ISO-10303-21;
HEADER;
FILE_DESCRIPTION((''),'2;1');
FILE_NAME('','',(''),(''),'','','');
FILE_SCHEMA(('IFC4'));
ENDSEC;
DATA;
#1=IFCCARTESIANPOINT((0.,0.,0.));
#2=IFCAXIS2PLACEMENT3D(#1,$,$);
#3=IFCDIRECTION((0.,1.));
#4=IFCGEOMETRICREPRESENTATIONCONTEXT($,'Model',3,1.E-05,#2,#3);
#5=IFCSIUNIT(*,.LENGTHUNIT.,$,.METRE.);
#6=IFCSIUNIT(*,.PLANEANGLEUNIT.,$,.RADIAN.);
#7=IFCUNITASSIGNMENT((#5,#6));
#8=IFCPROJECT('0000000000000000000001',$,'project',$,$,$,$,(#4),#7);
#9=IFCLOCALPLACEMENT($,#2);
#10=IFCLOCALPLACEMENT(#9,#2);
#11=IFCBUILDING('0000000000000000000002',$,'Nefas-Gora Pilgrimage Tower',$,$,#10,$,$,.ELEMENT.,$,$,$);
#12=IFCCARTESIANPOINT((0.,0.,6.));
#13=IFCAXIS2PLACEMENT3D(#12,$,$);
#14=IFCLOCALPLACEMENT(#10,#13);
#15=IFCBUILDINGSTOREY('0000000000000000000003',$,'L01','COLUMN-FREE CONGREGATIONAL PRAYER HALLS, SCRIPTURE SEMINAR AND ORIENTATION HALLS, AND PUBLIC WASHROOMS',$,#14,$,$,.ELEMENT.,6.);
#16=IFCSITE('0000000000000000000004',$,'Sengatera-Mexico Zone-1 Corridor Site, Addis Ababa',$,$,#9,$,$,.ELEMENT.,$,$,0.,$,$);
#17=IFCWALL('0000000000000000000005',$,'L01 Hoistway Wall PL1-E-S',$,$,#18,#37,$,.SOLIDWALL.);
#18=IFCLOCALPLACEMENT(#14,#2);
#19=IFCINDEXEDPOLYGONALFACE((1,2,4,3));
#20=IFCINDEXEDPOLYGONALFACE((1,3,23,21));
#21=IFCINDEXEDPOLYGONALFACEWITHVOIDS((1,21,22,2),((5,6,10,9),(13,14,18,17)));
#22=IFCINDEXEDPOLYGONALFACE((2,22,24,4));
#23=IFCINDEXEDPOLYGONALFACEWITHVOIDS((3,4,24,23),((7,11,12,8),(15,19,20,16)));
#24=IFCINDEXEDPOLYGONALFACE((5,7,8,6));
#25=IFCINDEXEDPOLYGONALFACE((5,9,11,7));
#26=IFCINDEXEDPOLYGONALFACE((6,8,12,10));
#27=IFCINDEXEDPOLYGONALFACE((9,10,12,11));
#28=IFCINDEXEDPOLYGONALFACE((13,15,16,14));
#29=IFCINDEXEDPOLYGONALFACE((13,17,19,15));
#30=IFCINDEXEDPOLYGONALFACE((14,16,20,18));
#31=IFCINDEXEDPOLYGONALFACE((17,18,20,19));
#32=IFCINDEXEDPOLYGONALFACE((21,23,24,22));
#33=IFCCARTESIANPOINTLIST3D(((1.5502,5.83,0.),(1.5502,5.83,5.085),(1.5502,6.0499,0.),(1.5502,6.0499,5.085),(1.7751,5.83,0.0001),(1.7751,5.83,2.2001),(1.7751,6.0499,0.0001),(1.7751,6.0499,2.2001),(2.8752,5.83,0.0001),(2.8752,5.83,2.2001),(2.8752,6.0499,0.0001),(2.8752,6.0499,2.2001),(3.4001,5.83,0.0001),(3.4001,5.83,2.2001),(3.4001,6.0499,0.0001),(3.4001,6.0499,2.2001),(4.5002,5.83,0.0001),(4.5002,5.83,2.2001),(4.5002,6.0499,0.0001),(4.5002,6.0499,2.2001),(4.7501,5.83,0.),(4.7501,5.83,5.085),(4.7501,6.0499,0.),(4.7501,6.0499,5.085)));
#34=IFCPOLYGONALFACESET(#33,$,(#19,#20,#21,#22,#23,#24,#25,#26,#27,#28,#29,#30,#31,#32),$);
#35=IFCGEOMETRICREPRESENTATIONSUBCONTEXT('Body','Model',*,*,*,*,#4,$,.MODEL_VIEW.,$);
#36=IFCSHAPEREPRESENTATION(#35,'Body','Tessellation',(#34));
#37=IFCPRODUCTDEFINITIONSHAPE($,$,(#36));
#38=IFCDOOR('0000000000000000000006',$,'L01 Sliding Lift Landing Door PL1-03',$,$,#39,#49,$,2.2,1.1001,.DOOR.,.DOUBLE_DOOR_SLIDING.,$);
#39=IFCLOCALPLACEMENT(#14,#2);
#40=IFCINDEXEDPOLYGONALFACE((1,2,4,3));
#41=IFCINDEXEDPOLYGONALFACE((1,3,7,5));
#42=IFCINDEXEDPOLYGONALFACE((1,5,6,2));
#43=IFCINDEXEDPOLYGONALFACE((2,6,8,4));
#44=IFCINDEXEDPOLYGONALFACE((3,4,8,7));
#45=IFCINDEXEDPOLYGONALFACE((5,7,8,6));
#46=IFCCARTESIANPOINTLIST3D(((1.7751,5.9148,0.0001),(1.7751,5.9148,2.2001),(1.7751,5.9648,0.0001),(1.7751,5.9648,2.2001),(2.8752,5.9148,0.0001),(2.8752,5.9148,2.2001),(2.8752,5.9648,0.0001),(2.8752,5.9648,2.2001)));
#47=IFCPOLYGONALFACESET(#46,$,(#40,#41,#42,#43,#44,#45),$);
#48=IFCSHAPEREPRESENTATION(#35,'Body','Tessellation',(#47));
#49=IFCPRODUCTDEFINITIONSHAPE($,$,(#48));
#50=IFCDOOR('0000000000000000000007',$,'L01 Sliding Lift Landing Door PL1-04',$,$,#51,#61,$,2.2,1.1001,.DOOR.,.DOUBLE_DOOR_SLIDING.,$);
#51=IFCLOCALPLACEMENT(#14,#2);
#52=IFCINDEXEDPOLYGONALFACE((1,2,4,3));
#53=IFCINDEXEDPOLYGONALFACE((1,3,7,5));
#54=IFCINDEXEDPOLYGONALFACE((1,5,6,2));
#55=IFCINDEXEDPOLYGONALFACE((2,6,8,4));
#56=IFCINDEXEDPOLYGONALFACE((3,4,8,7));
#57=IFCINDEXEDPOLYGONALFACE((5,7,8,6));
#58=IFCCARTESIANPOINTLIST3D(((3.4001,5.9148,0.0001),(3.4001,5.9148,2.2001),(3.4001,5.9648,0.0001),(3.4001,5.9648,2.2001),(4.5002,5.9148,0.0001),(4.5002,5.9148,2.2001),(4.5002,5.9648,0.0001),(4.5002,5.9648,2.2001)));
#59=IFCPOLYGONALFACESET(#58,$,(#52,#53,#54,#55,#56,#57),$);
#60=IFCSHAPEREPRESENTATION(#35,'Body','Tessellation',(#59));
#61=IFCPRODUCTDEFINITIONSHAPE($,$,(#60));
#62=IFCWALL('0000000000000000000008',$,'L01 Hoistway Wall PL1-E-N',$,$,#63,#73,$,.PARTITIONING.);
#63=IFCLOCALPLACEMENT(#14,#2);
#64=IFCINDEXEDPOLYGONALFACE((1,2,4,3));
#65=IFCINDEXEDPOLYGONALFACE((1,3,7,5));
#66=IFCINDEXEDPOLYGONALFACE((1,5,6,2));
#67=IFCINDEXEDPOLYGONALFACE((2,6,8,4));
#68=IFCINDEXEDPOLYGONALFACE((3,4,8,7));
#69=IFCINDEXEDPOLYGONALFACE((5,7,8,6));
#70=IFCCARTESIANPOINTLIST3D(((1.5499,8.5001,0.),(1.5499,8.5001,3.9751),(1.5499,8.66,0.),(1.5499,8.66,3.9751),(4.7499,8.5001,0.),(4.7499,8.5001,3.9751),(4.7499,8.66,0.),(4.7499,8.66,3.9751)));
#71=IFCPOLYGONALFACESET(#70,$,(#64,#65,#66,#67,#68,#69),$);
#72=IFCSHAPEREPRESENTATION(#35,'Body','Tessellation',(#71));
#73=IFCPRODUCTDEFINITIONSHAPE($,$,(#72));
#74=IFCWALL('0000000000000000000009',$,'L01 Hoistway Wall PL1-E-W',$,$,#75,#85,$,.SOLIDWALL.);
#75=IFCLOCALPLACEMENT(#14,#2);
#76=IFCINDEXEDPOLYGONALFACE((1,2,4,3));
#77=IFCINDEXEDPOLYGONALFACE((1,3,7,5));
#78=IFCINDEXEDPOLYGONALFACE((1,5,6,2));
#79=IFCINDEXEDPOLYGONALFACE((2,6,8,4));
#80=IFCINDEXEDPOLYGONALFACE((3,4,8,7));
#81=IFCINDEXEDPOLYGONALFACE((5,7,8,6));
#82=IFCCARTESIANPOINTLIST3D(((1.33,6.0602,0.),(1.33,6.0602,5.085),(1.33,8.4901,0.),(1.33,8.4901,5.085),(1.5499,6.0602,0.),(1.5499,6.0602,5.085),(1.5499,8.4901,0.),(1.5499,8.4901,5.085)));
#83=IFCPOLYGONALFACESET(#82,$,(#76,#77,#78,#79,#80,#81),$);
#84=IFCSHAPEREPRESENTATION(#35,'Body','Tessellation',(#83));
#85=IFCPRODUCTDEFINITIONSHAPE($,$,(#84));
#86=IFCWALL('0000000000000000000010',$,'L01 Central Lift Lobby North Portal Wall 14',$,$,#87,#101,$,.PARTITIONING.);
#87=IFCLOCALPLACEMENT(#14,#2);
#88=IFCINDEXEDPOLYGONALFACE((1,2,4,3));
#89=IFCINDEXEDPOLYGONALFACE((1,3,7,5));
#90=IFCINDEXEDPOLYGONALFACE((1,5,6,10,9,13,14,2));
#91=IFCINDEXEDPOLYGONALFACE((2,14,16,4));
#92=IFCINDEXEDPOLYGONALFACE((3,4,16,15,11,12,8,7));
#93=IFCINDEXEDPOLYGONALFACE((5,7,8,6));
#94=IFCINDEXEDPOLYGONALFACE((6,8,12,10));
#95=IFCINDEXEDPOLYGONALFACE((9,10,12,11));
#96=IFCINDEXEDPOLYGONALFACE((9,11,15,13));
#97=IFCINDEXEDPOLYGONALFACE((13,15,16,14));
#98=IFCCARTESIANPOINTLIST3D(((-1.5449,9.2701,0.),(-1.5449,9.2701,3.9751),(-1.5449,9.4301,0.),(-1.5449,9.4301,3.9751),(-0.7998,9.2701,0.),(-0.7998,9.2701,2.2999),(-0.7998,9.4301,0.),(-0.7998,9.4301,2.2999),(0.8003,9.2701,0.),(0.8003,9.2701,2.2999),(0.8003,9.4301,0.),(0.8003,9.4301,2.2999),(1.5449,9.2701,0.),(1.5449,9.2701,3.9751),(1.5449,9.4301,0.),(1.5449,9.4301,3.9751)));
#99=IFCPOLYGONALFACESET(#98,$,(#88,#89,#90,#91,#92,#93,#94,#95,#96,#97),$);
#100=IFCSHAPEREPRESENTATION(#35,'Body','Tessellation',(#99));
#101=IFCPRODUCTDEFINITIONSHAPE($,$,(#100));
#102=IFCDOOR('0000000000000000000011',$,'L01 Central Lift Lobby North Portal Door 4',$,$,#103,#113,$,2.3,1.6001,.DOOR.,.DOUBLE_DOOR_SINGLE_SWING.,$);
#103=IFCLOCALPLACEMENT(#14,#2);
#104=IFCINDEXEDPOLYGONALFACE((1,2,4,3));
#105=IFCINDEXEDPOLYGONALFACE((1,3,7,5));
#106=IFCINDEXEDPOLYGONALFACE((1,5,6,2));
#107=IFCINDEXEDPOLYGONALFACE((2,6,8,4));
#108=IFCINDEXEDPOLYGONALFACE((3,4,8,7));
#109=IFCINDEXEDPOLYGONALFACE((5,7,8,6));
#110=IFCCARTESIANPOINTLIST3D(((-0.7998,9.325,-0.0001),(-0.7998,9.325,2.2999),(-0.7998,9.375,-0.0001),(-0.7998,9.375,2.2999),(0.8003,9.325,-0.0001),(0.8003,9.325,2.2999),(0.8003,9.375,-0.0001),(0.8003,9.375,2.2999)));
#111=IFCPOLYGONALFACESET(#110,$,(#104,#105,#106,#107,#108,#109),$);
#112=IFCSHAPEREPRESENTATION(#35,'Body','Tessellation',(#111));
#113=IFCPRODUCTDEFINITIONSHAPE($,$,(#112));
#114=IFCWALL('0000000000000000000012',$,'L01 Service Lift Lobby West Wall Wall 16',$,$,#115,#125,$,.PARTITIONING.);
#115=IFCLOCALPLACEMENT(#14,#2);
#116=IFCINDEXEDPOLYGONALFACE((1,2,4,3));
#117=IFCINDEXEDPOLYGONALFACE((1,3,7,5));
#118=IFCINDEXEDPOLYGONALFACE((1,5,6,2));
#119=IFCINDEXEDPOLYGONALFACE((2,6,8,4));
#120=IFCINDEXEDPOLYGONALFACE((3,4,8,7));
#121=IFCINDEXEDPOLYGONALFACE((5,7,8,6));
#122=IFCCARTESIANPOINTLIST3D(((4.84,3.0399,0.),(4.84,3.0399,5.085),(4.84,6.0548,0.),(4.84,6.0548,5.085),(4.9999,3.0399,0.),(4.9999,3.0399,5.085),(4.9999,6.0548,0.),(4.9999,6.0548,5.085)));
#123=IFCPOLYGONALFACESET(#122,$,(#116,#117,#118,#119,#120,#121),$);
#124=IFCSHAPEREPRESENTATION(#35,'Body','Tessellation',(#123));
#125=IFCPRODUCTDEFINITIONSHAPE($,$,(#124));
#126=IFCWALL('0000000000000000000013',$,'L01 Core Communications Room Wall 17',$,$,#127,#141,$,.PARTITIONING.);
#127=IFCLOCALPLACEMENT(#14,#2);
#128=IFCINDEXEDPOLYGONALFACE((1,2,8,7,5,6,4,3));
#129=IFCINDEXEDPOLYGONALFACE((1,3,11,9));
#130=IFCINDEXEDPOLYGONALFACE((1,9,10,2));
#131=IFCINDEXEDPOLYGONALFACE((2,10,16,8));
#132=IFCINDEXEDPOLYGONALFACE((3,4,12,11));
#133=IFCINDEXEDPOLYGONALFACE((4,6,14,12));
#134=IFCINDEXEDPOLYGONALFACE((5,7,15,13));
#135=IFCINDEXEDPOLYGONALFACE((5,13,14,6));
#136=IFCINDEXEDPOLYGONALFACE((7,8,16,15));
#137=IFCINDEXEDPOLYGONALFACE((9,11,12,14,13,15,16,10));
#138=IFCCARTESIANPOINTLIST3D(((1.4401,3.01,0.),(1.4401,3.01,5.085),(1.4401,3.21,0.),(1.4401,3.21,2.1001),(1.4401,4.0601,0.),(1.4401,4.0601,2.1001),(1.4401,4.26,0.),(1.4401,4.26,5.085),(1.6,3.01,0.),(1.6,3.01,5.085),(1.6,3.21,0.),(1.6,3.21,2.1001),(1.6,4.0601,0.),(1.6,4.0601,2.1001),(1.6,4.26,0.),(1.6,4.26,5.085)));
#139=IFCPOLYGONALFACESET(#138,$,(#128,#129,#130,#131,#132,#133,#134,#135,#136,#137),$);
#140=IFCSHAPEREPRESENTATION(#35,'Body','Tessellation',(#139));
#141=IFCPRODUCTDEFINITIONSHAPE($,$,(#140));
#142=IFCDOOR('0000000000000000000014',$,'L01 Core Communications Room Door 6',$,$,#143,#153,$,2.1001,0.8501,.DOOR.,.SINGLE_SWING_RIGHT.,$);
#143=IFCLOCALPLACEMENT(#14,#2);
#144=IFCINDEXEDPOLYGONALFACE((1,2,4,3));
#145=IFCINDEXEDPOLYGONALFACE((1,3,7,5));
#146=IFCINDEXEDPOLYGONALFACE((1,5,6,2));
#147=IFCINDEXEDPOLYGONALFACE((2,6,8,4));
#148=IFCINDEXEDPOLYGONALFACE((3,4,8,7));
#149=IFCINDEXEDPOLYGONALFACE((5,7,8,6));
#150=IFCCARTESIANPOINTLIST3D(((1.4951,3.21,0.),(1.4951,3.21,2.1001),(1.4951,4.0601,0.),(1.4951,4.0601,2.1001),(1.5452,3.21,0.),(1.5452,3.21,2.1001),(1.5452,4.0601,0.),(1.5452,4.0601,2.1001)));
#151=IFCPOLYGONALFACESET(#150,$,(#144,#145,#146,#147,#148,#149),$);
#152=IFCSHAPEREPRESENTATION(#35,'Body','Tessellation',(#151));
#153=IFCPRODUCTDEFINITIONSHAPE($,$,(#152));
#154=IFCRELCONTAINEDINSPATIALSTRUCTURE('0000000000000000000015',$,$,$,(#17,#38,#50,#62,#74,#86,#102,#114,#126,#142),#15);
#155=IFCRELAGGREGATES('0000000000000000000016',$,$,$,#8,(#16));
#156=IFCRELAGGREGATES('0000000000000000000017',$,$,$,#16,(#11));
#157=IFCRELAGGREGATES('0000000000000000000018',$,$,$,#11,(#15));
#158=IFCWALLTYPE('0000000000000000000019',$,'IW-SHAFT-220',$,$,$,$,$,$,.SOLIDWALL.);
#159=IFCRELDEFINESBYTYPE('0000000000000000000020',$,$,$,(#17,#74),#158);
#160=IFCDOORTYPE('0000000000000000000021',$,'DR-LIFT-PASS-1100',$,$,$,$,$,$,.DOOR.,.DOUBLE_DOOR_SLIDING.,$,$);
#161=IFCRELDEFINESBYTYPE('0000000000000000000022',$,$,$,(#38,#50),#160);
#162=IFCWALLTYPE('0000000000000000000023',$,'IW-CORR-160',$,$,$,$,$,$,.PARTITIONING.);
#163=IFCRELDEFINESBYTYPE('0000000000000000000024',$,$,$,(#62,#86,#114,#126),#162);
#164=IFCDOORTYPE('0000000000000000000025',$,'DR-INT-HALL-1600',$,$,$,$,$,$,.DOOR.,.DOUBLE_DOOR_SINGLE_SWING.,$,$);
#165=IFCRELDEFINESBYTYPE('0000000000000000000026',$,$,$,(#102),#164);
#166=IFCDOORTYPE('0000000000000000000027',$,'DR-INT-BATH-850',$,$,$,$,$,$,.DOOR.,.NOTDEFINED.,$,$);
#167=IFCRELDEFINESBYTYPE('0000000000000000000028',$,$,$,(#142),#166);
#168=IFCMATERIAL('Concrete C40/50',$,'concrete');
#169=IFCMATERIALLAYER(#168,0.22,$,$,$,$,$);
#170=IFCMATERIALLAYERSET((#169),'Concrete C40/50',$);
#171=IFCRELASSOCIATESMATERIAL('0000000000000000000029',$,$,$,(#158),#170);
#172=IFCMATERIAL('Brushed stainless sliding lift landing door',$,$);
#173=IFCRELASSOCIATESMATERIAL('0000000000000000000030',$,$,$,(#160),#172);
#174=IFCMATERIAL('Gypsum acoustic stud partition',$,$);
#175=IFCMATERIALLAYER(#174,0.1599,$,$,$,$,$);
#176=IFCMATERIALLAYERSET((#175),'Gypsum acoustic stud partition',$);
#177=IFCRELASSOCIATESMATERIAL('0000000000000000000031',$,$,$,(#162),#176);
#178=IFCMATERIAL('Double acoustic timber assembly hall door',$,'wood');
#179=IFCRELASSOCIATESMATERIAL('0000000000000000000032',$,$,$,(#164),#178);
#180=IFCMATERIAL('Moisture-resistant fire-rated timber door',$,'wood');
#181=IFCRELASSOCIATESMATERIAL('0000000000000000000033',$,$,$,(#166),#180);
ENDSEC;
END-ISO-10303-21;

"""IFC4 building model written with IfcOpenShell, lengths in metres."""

from ifc_helpers import new_model, si_unit, direction, frame, frame_2d, origin, place, context, subcontext, project, spatial, rectangle, extrude, source, transform, mapped, material, layer, layer_set, type_object, element, fill, save


model = new_model("IFC4")

# Units and contexts
model_context = context("Model", 3, precision=1e-05, world=origin(), true_north=direction((0.0, 1.0)))
body_context = subcontext(model_context, "Body", "Model", "MODEL_VIEW")
ifc_project = project(units=[si_unit("LENGTHUNIT", "METRE"), si_unit("PLANEANGLEUNIT", "RADIAN")], contexts=[model_context])

# Site, building, storey
site_placement = place(None, origin())
site = spatial("IfcSite", under=ifc_project, at=site_placement, Name="Sengatera-Mexico Zone-1 Corridor Site, Addis Ababa", CompositionType="ELEMENT", RefElevation=0.0)
building_placement = place(site_placement, origin())
building = spatial("IfcBuilding", under=site, at=building_placement, Name="Nefas-Gora Pilgrimage Tower", CompositionType="ELEMENT")
storey_placement = place(building_placement, frame((0.0, 0.0, 6.0)))
storey = spatial("IfcBuildingStorey", under=building, at=storey_placement, Name="L01", Description="COLUMN-FREE CONGREGATIONAL PRAYER HALLS, SCRIPTURE SEMINAR AND ORIENTATION HALLS, AND PUBLIC WASHROOMS", CompositionType="ELEMENT", Elevation=6.0)

# Wall, openings, doors
ifc_material_1 = material(Name="Concrete C40/50", Category="concrete")
ifc_layer_1 = layer(ifc_material_1, 0.22)
ifc_layer_set_1 = layer_set([ifc_layer_1], Name="Concrete C40/50")
wall_type_1 = type_object("IfcWallType", Name="IW-SHAFT-220", PredefinedType="SOLIDWALL", material=ifc_layer_set_1)
shared_shape_1 = source(origin(), body_context, "Body", "SweptSolid", [
    extrude(rectangle(XDim=3.2, YDim=0.22, at=frame_2d((1.6001, 0.0))), origin(), (0.0, 0.0, 1.0), 5.085),
])
wall_1_placement = place(storey_placement, frame((1.55, 5.9399, 0.0), z_axis=(0.0, 0.0, 1.0), x_axis=(1.0, 0.0, 0.0)))
wall_1 = element("IfcWall", 1, at=wall_1_placement, inside=storey, type_object=wall_type_1, Name="L01 Hoistway Wall PL1-E-S", PredefinedType="SOLIDWALL", context=body_context, shape_type="MappedRepresentation", body=[
    mapped(shared_shape_1, transform((0.0, 0.0, 0.0), x_axis=(1.0, 0.0, 0.0), y_axis=(0.0, 1.0, 0.0), z_axis=(0.0, 0.0, 1.0), scale=1.0)),
])
opening_1_placement = place(wall_1_placement, frame((0.2251, 0.0, 0.0)))
opening_1 = element("IfcOpeningElement", 2, at=opening_1_placement, cuts=wall_1, PredefinedType="OPENING", context=body_context, shape_type="SweptSolid", body=[
    extrude(rectangle(XDim=1.1001, YDim=2.2, at=frame_2d((0.55, 1.1001))), frame((0.0, 0.1199, 0.0), z_axis=(0.0, -1.0, 0.0), x_axis=(1.0, 0.0, 0.0)), (0.0, 0.0, 1.0), 0.24),
])
opening_2_placement = place(wall_1_placement, frame((1.8501, 0.0, 0.0)))
opening_2 = element("IfcOpeningElement", 3, at=opening_2_placement, cuts=wall_1, PredefinedType="OPENING", context=body_context, shape_type="SweptSolid", body=[
    extrude(rectangle(XDim=1.1001, YDim=2.2, at=frame_2d((0.55, 1.1001))), frame((0.0, 0.1199, 0.0), z_axis=(0.0, -1.0, 0.0), x_axis=(1.0, 0.0, 0.0)), (0.0, 0.0, 1.0), 0.24),
])
ifc_material_2 = material(Name="Brushed stainless sliding lift landing door")
door_type_1 = type_object("IfcDoorType", Name="DR-LIFT-PASS-1100", OperationType="DOUBLE_DOOR_SLIDING", PredefinedType="DOOR", material=ifc_material_2)
shared_shape_2 = source(origin(), body_context, "Body", "SweptSolid", [
    extrude(rectangle(XDim=1.1001, YDim=2.2, at=frame_2d((0.55, 1.1001))), frame((0.0, 0.0249, 0.0), z_axis=(0.0, -1.0, 0.0), x_axis=(1.0, 0.0, 0.0)), (0.0, 0.0, 1.0), 0.05),
])
door_1_placement = place(opening_1_placement, origin())
door_1 = element("IfcDoor", 4, at=door_1_placement, inside=storey, type_object=door_type_1, Name="L01 Sliding Lift Landing Door PL1-03", OperationType="DOUBLE_DOOR_SLIDING", OverallHeight=2.2, OverallWidth=1.1001, PredefinedType="DOOR", context=body_context, shape_type="MappedRepresentation", body=[
    mapped(shared_shape_2, transform((0.0, 0.0, 0.0), x_axis=(1.0, 0.0, 0.0), y_axis=(0.0, 1.0, 0.0), z_axis=(0.0, 0.0, 1.0), scale=1.0)),
])
fill(opening_1, door_1)
door_2_placement = place(opening_2_placement, origin())
door_2 = element("IfcDoor", 5, at=door_2_placement, inside=storey, type_object=door_type_1, Name="L01 Sliding Lift Landing Door PL1-04", OperationType="DOUBLE_DOOR_SLIDING", OverallHeight=2.2, OverallWidth=1.1001, PredefinedType="DOOR", context=body_context, shape_type="MappedRepresentation", body=[
    mapped(shared_shape_2, transform((0.0, 0.0, 0.0), x_axis=(1.0, 0.0, 0.0), y_axis=(0.0, 1.0, 0.0), z_axis=(0.0, 0.0, 1.0), scale=1.0)),
])
fill(opening_2, door_2)

# Walls
ifc_material_3 = material(Name="Gypsum acoustic stud partition")
ifc_layer_2 = layer(ifc_material_3, 0.1599)
ifc_layer_set_2 = layer_set([ifc_layer_2], Name="Gypsum acoustic stud partition")
wall_type_2 = type_object("IfcWallType", Name="IW-CORR-160", PredefinedType="PARTITIONING", material=ifc_layer_set_2)
shared_shape_3 = source(origin(), body_context, "Body", "SweptSolid", [
    extrude(rectangle(XDim=3.2, YDim=0.1599, at=frame_2d((1.6001, 0.0))), origin(), (0.0, 0.0, 1.0), 3.9751),
])
wall_2_placement = place(storey_placement, frame((4.75, 8.5801, 0.0), z_axis=(0.0, 0.0, 1.0), x_axis=(-1.0, 0.0, 0.0)))
element("IfcWall", 6, at=wall_2_placement, inside=storey, type_object=wall_type_2, Name="L01 Hoistway Wall PL1-E-N", PredefinedType="PARTITIONING", context=body_context, shape_type="MappedRepresentation", body=[
    mapped(shared_shape_3, transform((0.0, 0.0, 0.0), x_axis=(1.0, 0.0, 0.0), y_axis=(0.0, 1.0, 0.0), z_axis=(0.0, 0.0, 1.0), scale=1.0)),
])
shared_shape_4 = source(origin(), body_context, "Body", "SweptSolid", [
    extrude(rectangle(XDim=2.4299, YDim=0.22, at=frame_2d((1.2148, 0.0))), origin(), (0.0, 0.0, 1.0), 5.085),
])
for number, where, z_axis, x_axis, name in (
    (7, (1.4399, 8.49, 0.0), (0.0, 0.0, 1.0), (0.0, -1.0, 0.0), "L01 Hoistway Wall PL1-E-W"),
):
    element("IfcWall", number, at=place(storey_placement, frame(where, z_axis=z_axis, x_axis=x_axis)), inside=storey, type_object=wall_type_1, Name=name, PredefinedType="SOLIDWALL", context=body_context, shape_type="MappedRepresentation", body=[
        mapped(shared_shape_4, transform((0.0, 0.0, 0.0), x_axis=(1.0, 0.0, 0.0), y_axis=(0.0, 1.0, 0.0), z_axis=(0.0, 0.0, 1.0), scale=1.0)),
    ])

# Wall, opening, door
shared_shape_5 = source(origin(), body_context, "Body", "SweptSolid", [
    extrude(rectangle(XDim=3.0898, YDim=0.1599, at=frame_2d((1.5449, 0.0))), origin(), (0.0, 0.0, 1.0), 3.9751),
])
wall_3_placement = place(storey_placement, frame((-1.5449, 9.3501, 0.0), z_axis=(0.0, 0.0, 1.0), x_axis=(1.0, 0.0, 0.0)))
wall_3 = element("IfcWall", 8, at=wall_3_placement, inside=storey, type_object=wall_type_2, Name="L01 Central Lift Lobby North Portal Wall 14", PredefinedType="PARTITIONING", context=body_context, shape_type="MappedRepresentation", body=[
    mapped(shared_shape_5, transform((0.0, 0.0, 0.0), x_axis=(1.0, 0.0, 0.0), y_axis=(0.0, 1.0, 0.0), z_axis=(0.0, 0.0, 1.0), scale=1.0)),
])
opening_3_placement = place(wall_3_placement, frame((0.7451, 0.0, 0.0)))
opening_3 = element("IfcOpeningElement", 9, at=opening_3_placement, cuts=wall_3, PredefinedType="OPENING", context=body_context, shape_type="SweptSolid", body=[
    extrude(rectangle(XDim=1.6001, YDim=2.3, at=frame_2d((0.8, 1.1499))), frame((0.0, 0.0898, 0.0), z_axis=(0.0, -1.0, 0.0), x_axis=(1.0, 0.0, 0.0)), (0.0, 0.0, 1.0), 0.1799),
])
ifc_material_4 = material(Name="Double acoustic timber assembly hall door", Category="wood")
door_type_2 = type_object("IfcDoorType", Name="DR-INT-HALL-1600", OperationType="DOUBLE_DOOR_SINGLE_SWING", PredefinedType="DOOR", material=ifc_material_4)
shared_shape_6 = source(origin(), body_context, "Body", "SweptSolid", [
    extrude(rectangle(XDim=1.6001, YDim=2.3, at=frame_2d((0.8, 1.1499))), frame((0.0, 0.0249, 0.0), z_axis=(0.0, -1.0, 0.0), x_axis=(1.0, 0.0, 0.0)), (0.0, 0.0, 1.0), 0.05),
])
door_3_placement = place(opening_3_placement, origin())
door_3 = element("IfcDoor", 10, at=door_3_placement, inside=storey, type_object=door_type_2, Name="L01 Central Lift Lobby North Portal Door 4", OperationType="DOUBLE_DOOR_SINGLE_SWING", OverallHeight=2.3, OverallWidth=1.6001, PredefinedType="DOOR", context=body_context, shape_type="MappedRepresentation", body=[
    mapped(shared_shape_6, transform((0.0, 0.0, 0.0), x_axis=(1.0, 0.0, 0.0), y_axis=(0.0, 1.0, 0.0), z_axis=(0.0, 0.0, 1.0), scale=1.0)),
])
fill(opening_3, door_3)

# Wall
shared_shape_7 = source(origin(), body_context, "Body", "SweptSolid", [
    extrude(rectangle(XDim=3.0149, YDim=0.1599, at=frame_2d((1.5073, 0.0))), origin(), (0.0, 0.0, 1.0), 5.085),
])
wall_4_placement = place(storey_placement, frame((4.9199, 3.04, 0.0), z_axis=(0.0, 0.0, 1.0), x_axis=(0.0, 1.0, 0.0)))
element("IfcWall", 11, at=wall_4_placement, inside=storey, type_object=wall_type_2, Name="L01 Service Lift Lobby West Wall Wall 16", PredefinedType="PARTITIONING", context=body_context, shape_type="MappedRepresentation", body=[
    mapped(shared_shape_7, transform((0.0, 0.0, 0.0), x_axis=(1.0, 0.0, 0.0), y_axis=(0.0, 1.0, 0.0), z_axis=(0.0, 0.0, 1.0), scale=1.0)),
])

# Wall, opening, door
shared_shape_8 = source(origin(), body_context, "Body", "SweptSolid", [
    extrude(rectangle(XDim=1.25, YDim=0.1599, at=frame_2d((0.625, 0.0))), origin(), (0.0, 0.0, 1.0), 5.085),
])
wall_5_placement = place(storey_placement, frame((1.52, 3.01, 0.0), z_axis=(0.0, 0.0, 1.0), x_axis=(0.0, 1.0, 0.0)))
wall_5 = element("IfcWall", 12, at=wall_5_placement, inside=storey, type_object=wall_type_2, Name="L01 Core Communications Room Wall 17", PredefinedType="PARTITIONING", context=body_context, shape_type="MappedRepresentation", body=[
    mapped(shared_shape_8, transform((0.0, 0.0, 0.0), x_axis=(1.0, 0.0, 0.0), y_axis=(0.0, 1.0, 0.0), z_axis=(0.0, 0.0, 1.0), scale=1.0)),
])
opening_4_placement = place(wall_5_placement, frame((0.2, 0.0, 0.0)))
opening_4 = element("IfcOpeningElement", 13, at=opening_4_placement, cuts=wall_5, PredefinedType="OPENING", context=body_context, shape_type="SweptSolid", body=[
    extrude(rectangle(XDim=0.8501, YDim=2.1001, at=frame_2d((0.425, 1.05))), frame((0.0, 0.0898, 0.0), z_axis=(0.0, -1.0, 0.0), x_axis=(1.0, 0.0, 0.0)), (0.0, 0.0, 1.0), 0.1799),
])
ifc_material_5 = material(Name="Moisture-resistant fire-rated timber door", Category="wood")
door_type_3 = type_object("IfcDoorType", Name="DR-INT-BATH-850", OperationType="NOTDEFINED", PredefinedType="DOOR", material=ifc_material_5)
shared_shape_9 = source(origin(), body_context, "Body", "SweptSolid", [
    extrude(rectangle(XDim=0.8501, YDim=2.1001, at=frame_2d((0.425, 1.05))), frame((0.0, 0.0249, 0.0), z_axis=(0.0, -1.0, 0.0), x_axis=(1.0, 0.0, 0.0)), (0.0, 0.0, 1.0), 0.05),
])
door_4_placement = place(opening_4_placement, origin())
door_4 = element("IfcDoor", 14, at=door_4_placement, inside=storey, type_object=door_type_3, Name="L01 Core Communications Room Door 6", OperationType="SINGLE_SWING_RIGHT", OverallHeight=2.1001, OverallWidth=0.8501, PredefinedType="DOOR", context=body_context, shape_type="MappedRepresentation", body=[
    mapped(shared_shape_9, transform((0.0, 0.0, 0.0), x_axis=(1.0, 0.0, 0.0), y_axis=(0.0, 1.0, 0.0), z_axis=(0.0, 0.0, 1.0), scale=1.0)),
])
fill(opening_4, door_4)

save(model, "model.ifc")
